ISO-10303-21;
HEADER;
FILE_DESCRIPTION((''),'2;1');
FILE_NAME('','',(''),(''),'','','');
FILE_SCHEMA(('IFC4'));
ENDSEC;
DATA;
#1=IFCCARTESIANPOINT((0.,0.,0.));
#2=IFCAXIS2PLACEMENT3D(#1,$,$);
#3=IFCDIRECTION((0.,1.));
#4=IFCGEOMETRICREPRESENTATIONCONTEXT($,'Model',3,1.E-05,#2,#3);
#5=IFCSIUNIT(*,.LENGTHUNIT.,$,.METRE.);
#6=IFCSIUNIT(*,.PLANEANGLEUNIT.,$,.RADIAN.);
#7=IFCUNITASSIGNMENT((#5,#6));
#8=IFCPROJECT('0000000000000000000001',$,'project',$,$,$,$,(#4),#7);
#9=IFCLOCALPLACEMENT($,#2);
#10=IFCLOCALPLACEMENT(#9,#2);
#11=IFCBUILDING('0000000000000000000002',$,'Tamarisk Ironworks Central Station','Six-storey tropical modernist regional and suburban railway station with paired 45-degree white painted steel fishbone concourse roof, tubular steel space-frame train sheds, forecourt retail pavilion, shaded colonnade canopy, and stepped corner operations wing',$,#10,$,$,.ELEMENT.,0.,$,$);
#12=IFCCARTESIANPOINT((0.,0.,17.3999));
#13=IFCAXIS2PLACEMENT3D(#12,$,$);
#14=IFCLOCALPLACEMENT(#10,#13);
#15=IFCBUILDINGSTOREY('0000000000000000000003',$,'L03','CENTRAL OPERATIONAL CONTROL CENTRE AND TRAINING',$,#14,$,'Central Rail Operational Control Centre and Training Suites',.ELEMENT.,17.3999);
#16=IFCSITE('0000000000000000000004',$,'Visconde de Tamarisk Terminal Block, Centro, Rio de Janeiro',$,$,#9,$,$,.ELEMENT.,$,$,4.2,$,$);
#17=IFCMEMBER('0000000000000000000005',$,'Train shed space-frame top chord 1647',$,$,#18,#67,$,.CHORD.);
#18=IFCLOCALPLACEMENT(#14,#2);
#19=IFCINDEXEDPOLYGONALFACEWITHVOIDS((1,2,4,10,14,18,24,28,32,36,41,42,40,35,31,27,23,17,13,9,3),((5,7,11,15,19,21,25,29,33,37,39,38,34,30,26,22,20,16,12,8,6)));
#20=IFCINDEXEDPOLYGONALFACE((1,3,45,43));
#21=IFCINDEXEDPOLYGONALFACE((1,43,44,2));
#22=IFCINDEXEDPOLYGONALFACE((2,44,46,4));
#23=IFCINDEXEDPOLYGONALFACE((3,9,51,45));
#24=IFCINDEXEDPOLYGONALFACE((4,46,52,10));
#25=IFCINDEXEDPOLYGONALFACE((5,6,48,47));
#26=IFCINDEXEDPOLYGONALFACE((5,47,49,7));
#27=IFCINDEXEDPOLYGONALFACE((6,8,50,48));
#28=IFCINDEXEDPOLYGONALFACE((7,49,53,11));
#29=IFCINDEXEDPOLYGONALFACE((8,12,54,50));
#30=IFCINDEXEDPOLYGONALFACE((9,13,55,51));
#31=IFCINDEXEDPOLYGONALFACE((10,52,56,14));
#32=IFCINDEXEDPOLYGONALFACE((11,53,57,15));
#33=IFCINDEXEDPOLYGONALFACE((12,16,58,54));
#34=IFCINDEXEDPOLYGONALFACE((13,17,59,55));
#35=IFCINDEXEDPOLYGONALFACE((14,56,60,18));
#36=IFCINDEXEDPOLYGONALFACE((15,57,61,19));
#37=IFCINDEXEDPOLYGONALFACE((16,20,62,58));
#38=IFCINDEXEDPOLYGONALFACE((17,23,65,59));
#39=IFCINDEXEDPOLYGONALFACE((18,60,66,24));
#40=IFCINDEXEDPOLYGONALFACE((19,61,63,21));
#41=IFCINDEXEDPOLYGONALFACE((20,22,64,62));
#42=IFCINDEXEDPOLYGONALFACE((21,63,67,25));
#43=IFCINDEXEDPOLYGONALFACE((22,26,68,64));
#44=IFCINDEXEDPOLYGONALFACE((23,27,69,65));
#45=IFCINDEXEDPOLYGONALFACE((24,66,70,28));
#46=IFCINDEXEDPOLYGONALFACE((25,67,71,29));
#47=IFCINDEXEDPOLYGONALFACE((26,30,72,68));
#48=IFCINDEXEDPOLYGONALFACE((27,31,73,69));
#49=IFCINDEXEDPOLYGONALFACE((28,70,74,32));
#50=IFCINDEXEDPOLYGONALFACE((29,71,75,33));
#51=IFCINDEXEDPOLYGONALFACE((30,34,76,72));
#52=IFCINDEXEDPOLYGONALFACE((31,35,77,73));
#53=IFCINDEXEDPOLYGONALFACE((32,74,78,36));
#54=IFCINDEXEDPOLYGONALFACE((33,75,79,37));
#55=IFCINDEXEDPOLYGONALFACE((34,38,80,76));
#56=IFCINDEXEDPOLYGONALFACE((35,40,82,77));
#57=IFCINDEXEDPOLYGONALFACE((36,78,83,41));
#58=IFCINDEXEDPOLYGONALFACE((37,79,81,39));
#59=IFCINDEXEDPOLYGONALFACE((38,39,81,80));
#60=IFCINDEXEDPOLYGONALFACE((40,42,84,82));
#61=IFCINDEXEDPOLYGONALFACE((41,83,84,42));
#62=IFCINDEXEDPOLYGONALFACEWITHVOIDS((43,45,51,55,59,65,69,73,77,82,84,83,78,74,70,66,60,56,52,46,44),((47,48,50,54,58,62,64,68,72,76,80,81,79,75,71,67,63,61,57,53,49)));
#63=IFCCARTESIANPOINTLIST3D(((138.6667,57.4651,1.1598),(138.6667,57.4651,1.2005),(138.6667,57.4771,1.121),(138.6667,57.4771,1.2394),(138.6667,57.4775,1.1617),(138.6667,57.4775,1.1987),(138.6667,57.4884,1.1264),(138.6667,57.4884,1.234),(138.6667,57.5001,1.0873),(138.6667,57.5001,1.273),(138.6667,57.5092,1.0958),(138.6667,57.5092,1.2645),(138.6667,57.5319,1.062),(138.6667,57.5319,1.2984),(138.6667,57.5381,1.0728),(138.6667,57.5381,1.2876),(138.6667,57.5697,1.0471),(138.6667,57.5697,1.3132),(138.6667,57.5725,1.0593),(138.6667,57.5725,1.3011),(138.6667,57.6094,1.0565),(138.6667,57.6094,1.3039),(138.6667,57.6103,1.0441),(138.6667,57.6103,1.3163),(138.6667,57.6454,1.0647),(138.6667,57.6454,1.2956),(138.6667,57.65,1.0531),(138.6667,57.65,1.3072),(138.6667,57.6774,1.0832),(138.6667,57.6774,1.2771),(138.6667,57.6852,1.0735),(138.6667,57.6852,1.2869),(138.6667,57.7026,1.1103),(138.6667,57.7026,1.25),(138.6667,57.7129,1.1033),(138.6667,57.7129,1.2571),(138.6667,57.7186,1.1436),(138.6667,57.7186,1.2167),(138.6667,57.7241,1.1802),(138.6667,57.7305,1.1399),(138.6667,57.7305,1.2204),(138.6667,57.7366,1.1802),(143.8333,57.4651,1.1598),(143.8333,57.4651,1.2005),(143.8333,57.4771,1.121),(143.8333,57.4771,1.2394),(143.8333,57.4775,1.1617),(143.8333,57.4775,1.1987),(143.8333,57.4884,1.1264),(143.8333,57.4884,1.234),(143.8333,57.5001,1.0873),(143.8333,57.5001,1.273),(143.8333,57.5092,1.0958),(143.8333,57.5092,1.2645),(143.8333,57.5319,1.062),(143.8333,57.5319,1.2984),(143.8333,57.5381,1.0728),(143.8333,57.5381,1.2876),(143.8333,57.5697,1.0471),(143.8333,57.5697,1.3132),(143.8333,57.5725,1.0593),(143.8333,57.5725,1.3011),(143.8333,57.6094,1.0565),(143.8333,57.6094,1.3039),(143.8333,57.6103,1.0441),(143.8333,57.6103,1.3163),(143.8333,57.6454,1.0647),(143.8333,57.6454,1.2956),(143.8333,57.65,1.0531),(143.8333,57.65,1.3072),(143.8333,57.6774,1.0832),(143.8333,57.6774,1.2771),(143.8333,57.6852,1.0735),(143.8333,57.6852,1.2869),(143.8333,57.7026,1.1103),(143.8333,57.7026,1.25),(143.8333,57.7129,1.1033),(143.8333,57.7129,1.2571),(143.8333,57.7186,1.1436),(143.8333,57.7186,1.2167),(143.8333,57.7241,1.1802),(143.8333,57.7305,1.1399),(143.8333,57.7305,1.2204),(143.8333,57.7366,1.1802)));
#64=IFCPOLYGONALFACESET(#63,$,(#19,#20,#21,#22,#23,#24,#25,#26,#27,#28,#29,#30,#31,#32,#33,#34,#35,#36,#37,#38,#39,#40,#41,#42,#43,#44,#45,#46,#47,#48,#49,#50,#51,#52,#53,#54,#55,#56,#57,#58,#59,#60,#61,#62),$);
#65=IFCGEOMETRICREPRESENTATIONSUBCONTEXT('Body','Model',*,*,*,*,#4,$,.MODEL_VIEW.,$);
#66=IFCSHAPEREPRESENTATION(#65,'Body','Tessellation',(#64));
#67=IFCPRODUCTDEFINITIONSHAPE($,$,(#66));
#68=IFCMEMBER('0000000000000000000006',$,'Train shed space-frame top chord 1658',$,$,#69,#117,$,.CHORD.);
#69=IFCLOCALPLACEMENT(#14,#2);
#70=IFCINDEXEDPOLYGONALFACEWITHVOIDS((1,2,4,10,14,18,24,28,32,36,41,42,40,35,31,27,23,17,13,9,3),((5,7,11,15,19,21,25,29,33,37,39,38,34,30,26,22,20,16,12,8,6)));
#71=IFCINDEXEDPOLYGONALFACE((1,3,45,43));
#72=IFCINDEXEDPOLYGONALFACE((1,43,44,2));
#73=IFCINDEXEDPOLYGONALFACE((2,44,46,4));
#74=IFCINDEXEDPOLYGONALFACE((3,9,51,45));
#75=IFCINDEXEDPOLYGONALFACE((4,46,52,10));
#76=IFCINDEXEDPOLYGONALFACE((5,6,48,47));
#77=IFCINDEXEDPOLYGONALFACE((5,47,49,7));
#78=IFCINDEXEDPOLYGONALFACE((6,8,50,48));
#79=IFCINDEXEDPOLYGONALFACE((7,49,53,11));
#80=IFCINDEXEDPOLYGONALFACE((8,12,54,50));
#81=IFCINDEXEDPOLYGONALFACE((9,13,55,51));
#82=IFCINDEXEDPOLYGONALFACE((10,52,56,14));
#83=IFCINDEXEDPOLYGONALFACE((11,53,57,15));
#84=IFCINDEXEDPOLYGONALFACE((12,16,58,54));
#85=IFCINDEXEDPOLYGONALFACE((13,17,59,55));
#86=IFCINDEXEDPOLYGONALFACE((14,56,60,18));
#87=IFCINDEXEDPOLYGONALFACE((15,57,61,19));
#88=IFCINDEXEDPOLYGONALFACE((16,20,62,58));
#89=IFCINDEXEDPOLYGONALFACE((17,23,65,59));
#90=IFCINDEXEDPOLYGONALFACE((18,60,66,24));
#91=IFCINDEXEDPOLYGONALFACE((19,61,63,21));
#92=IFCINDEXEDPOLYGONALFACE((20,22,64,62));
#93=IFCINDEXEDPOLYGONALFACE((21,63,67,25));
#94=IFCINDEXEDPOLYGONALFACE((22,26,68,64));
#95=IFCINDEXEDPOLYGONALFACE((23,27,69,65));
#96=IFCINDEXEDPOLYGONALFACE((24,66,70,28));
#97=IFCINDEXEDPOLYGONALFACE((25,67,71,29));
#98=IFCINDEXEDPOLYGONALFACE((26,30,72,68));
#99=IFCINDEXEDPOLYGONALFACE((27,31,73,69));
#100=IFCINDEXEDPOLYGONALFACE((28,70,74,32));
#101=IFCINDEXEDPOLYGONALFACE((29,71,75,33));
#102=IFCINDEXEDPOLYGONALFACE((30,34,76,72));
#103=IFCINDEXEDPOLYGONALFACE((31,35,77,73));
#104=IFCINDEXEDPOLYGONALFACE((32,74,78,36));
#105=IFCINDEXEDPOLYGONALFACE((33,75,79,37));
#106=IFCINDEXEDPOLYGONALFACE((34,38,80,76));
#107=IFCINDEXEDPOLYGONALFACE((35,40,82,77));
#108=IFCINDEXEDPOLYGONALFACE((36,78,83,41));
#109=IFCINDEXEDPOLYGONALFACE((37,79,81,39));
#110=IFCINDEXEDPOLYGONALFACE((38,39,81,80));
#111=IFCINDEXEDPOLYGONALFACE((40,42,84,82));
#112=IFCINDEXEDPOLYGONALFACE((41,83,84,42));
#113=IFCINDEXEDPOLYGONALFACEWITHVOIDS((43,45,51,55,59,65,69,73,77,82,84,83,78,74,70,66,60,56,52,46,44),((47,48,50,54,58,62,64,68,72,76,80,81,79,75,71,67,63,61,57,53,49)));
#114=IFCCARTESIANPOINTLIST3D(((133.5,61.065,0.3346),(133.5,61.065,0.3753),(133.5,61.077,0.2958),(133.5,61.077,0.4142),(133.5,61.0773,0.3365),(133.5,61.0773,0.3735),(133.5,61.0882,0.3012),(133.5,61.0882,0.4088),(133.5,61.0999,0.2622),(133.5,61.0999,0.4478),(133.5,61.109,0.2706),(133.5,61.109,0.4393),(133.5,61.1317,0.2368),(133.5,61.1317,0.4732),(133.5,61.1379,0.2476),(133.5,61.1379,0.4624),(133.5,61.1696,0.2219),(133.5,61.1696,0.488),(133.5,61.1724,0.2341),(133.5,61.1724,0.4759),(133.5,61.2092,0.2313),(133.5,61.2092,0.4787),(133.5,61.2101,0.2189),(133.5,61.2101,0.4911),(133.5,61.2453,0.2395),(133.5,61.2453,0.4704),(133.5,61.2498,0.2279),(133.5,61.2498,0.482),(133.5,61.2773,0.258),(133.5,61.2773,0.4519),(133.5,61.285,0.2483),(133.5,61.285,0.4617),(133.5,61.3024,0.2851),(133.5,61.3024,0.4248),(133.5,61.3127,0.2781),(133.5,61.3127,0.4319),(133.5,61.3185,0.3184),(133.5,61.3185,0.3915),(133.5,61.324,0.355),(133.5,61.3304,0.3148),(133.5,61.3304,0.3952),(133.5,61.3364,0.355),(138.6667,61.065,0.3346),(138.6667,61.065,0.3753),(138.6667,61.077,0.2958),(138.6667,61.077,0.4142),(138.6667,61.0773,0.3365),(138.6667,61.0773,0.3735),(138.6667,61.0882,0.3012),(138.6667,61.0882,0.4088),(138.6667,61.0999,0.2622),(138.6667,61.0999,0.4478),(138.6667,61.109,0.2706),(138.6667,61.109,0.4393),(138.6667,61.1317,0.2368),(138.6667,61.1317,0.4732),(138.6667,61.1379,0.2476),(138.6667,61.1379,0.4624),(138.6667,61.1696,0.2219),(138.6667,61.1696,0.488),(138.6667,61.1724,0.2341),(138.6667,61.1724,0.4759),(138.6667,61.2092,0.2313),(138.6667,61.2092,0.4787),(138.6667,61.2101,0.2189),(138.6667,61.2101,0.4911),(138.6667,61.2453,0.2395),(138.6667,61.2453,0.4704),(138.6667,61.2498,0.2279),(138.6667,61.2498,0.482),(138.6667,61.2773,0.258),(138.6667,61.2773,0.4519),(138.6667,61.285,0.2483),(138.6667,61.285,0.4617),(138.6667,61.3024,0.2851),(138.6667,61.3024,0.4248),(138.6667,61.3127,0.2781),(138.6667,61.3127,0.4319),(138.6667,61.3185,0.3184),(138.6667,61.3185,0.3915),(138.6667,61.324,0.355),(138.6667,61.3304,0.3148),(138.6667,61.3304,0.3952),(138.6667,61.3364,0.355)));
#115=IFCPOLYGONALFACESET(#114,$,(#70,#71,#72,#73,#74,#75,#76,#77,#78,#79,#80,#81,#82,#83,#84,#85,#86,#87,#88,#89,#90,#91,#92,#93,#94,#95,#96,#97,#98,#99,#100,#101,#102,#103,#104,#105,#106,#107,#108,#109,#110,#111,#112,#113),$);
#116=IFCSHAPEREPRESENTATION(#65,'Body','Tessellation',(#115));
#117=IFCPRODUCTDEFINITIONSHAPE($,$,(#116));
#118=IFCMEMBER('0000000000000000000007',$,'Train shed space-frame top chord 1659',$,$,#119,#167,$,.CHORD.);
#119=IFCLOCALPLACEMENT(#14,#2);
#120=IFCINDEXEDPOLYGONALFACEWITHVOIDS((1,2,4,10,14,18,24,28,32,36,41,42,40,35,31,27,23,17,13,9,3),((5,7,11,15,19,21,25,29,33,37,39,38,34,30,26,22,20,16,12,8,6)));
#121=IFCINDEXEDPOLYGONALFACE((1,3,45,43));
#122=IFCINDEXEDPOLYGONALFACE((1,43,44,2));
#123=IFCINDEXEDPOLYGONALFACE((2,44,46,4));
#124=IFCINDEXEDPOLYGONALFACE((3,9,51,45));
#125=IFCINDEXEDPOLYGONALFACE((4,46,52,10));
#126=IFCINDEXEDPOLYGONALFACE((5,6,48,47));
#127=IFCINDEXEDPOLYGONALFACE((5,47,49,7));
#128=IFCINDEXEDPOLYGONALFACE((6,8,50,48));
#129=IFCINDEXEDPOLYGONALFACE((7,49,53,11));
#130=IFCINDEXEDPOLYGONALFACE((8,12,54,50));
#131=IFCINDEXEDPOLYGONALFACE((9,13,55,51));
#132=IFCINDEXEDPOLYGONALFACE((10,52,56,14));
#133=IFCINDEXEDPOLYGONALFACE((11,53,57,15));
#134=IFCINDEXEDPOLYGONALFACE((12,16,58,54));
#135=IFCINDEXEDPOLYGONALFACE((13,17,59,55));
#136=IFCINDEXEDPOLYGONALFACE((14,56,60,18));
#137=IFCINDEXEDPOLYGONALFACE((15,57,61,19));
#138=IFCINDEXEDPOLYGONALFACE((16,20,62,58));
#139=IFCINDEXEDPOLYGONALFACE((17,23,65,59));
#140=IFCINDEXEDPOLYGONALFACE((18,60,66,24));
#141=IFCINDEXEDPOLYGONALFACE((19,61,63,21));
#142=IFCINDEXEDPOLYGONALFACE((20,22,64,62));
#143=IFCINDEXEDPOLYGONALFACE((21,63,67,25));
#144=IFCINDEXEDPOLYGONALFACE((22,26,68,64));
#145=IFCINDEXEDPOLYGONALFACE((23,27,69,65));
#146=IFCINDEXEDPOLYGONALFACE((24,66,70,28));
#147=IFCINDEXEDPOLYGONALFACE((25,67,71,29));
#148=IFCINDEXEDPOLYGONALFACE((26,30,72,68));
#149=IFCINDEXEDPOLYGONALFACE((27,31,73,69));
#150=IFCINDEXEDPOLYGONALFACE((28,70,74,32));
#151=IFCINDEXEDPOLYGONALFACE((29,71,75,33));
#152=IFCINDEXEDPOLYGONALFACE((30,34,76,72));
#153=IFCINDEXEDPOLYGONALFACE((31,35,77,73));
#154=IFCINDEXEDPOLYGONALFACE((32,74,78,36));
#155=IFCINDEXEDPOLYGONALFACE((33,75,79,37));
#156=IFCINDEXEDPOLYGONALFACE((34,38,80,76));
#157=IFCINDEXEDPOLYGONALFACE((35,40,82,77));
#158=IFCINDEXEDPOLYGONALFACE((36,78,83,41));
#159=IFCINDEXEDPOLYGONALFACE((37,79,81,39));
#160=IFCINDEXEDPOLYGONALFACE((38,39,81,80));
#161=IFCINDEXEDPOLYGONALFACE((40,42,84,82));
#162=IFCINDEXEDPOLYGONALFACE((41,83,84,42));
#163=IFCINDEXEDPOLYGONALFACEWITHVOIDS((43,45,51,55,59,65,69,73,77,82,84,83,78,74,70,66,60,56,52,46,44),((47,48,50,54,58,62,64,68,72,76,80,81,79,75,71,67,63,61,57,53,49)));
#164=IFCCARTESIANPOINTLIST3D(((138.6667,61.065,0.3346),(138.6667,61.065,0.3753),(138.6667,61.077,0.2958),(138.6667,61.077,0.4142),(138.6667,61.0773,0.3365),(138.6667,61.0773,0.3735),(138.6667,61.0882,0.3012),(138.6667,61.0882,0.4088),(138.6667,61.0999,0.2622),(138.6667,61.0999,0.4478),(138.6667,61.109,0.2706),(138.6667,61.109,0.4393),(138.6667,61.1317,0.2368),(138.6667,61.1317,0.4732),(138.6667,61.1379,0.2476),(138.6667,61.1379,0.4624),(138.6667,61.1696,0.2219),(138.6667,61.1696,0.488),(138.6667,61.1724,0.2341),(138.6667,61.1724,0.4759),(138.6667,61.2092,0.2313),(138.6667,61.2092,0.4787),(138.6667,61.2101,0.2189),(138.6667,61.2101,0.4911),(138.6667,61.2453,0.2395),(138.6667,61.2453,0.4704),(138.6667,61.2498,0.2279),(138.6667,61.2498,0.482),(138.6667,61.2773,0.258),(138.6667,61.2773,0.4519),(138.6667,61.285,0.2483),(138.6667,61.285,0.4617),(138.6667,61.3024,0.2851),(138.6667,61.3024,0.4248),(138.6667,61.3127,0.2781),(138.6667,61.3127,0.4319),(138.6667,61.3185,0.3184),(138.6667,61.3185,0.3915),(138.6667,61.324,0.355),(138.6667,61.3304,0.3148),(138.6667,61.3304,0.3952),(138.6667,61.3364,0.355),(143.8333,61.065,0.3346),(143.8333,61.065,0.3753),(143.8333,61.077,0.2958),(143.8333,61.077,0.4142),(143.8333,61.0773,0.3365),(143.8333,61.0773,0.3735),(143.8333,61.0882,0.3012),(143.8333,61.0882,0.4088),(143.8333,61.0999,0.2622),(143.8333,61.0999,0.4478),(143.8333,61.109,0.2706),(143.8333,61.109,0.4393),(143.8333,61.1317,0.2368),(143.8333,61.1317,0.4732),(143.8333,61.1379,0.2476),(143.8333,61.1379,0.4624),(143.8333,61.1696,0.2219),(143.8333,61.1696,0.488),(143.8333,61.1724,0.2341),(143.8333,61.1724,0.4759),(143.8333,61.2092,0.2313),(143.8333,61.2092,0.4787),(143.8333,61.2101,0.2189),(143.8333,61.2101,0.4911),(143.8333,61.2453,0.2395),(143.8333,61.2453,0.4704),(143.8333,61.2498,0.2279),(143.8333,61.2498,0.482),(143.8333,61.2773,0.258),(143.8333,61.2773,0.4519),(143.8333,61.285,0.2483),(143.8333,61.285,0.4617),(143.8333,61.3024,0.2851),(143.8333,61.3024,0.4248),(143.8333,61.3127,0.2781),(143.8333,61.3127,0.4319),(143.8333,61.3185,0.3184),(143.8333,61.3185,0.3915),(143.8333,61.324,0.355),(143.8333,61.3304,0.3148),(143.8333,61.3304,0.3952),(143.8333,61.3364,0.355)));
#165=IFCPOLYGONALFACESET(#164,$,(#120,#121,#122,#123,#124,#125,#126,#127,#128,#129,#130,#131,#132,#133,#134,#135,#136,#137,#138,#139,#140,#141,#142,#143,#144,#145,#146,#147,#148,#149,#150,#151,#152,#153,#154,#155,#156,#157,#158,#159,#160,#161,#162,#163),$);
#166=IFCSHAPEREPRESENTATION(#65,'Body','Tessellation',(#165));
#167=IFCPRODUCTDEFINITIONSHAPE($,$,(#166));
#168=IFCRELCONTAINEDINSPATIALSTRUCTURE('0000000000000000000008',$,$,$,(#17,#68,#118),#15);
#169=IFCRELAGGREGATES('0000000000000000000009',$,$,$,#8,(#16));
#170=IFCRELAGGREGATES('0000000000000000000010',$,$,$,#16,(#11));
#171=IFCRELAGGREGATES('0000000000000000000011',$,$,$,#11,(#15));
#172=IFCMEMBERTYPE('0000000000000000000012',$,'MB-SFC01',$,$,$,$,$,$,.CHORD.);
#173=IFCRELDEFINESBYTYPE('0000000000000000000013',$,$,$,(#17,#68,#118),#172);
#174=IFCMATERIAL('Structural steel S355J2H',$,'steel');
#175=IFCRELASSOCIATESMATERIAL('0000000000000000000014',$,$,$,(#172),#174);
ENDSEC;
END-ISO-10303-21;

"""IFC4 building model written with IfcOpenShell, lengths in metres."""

from ifc_helpers import new_model, si_unit, direction, frame, origin, origin_2d, place, context, subcontext, project, spatial, hollow_circle, extrude, material, material_profile, profile_set, type_object, element, save


model = new_model("IFC4")

# Units and contexts
model_context = context("Model", 3, precision=1e-05, world=origin(), true_north=direction((0.0, 1.0)))
body_context = subcontext(model_context, "Body", "Model", "MODEL_VIEW")
ifc_project = project(units=[si_unit("LENGTHUNIT", "METRE"), si_unit("PLANEANGLEUNIT", "RADIAN")], contexts=[model_context])

# Site, building, storey
site_placement = place(None, origin())
site = spatial("IfcSite", under=ifc_project, at=site_placement, Name="Visconde de Tamarisk Terminal Block, Centro, Rio de Janeiro", CompositionType="ELEMENT", RefElevation=4.2)
building_placement = place(site_placement, origin())
building = spatial("IfcBuilding", under=site, at=building_placement, Name="Tamarisk Ironworks Central Station", Description="Six-storey tropical modernist regional and suburban railway station with paired 45-degree white painted steel fishbone concourse roof, tubular steel space-frame train sheds, forecourt retail pavilion, shaded colonnade canopy, and stepped corner operations wing", CompositionType="ELEMENT", ElevationOfRefHeight=0.0)
storey_placement = place(building_placement, frame((0.0, 0.0, 17.3999)))
storey = spatial("IfcBuildingStorey", under=building, at=storey_placement, Name="L03", Description="CENTRAL OPERATIONAL CONTROL CENTRE AND TRAINING", LongName="Central Rail Operational Control Centre and Training Suites", CompositionType="ELEMENT", Elevation=17.3999)

# Members
ifc_material = material(Name="Structural steel S355J2H", Category="steel")
ifc_material_profile_1 = material_profile(ifc_material, hollow_circle(Radius=0.1365, WallThickness=0.0125, at=origin_2d()), Name="CHS 273x12.5")
ifc_profile_set_1 = profile_set([ifc_material_profile_1], Name="Structural steel S355J2H")
member_type_1 = type_object("IfcMemberType", Name="MB-SFC01", PredefinedType="CHORD", material=ifc_profile_set_1)
member_1_placement = place(storey_placement, frame((138.6667, 57.6001, 1.1802), z_axis=(1.0, 0.0, 0.0), x_axis=(0.0, 1.0, 0.0)))
element("IfcMember", 1, at=member_1_placement, inside=storey, type_object=member_type_1, Name="Train shed space-frame top chord 1647", PredefinedType="CHORD", context=body_context, shape_type="SweptSolid", body=[
    extrude(hollow_circle(Radius=0.1365, WallThickness=0.0125, at=origin_2d()), origin(), (0.0, 0.0, 1.0), 5.1665),
])
member_2_placement = place(storey_placement, frame((133.5, 61.2, 0.355), z_axis=(1.0, 0.0, 0.0), x_axis=(0.0, 1.0, 0.0)))
element("IfcMember", 2, at=member_2_placement, inside=storey, type_object=member_type_1, Name="Train shed space-frame top chord 1658", PredefinedType="CHORD", context=body_context, shape_type="SweptSolid", body=[
    extrude(hollow_circle(Radius=0.1365, WallThickness=0.0125, at=origin_2d()), origin(), (0.0, 0.0, 1.0), 5.1667),
])
member_3_placement = place(storey_placement, frame((138.6667, 61.2, 0.355), z_axis=(1.0, 0.0, 0.0), x_axis=(0.0, 1.0, 0.0)))
element("IfcMember", 3, at=member_3_placement, inside=storey, type_object=member_type_1, Name="Train shed space-frame top chord 1659", PredefinedType="CHORD", context=body_context, shape_type="SweptSolid", body=[
    extrude(hollow_circle(Radius=0.1365, WallThickness=0.0125, at=origin_2d()), origin(), (0.0, 0.0, 1.0), 5.1665),
])

save(model, "model.ifc")
